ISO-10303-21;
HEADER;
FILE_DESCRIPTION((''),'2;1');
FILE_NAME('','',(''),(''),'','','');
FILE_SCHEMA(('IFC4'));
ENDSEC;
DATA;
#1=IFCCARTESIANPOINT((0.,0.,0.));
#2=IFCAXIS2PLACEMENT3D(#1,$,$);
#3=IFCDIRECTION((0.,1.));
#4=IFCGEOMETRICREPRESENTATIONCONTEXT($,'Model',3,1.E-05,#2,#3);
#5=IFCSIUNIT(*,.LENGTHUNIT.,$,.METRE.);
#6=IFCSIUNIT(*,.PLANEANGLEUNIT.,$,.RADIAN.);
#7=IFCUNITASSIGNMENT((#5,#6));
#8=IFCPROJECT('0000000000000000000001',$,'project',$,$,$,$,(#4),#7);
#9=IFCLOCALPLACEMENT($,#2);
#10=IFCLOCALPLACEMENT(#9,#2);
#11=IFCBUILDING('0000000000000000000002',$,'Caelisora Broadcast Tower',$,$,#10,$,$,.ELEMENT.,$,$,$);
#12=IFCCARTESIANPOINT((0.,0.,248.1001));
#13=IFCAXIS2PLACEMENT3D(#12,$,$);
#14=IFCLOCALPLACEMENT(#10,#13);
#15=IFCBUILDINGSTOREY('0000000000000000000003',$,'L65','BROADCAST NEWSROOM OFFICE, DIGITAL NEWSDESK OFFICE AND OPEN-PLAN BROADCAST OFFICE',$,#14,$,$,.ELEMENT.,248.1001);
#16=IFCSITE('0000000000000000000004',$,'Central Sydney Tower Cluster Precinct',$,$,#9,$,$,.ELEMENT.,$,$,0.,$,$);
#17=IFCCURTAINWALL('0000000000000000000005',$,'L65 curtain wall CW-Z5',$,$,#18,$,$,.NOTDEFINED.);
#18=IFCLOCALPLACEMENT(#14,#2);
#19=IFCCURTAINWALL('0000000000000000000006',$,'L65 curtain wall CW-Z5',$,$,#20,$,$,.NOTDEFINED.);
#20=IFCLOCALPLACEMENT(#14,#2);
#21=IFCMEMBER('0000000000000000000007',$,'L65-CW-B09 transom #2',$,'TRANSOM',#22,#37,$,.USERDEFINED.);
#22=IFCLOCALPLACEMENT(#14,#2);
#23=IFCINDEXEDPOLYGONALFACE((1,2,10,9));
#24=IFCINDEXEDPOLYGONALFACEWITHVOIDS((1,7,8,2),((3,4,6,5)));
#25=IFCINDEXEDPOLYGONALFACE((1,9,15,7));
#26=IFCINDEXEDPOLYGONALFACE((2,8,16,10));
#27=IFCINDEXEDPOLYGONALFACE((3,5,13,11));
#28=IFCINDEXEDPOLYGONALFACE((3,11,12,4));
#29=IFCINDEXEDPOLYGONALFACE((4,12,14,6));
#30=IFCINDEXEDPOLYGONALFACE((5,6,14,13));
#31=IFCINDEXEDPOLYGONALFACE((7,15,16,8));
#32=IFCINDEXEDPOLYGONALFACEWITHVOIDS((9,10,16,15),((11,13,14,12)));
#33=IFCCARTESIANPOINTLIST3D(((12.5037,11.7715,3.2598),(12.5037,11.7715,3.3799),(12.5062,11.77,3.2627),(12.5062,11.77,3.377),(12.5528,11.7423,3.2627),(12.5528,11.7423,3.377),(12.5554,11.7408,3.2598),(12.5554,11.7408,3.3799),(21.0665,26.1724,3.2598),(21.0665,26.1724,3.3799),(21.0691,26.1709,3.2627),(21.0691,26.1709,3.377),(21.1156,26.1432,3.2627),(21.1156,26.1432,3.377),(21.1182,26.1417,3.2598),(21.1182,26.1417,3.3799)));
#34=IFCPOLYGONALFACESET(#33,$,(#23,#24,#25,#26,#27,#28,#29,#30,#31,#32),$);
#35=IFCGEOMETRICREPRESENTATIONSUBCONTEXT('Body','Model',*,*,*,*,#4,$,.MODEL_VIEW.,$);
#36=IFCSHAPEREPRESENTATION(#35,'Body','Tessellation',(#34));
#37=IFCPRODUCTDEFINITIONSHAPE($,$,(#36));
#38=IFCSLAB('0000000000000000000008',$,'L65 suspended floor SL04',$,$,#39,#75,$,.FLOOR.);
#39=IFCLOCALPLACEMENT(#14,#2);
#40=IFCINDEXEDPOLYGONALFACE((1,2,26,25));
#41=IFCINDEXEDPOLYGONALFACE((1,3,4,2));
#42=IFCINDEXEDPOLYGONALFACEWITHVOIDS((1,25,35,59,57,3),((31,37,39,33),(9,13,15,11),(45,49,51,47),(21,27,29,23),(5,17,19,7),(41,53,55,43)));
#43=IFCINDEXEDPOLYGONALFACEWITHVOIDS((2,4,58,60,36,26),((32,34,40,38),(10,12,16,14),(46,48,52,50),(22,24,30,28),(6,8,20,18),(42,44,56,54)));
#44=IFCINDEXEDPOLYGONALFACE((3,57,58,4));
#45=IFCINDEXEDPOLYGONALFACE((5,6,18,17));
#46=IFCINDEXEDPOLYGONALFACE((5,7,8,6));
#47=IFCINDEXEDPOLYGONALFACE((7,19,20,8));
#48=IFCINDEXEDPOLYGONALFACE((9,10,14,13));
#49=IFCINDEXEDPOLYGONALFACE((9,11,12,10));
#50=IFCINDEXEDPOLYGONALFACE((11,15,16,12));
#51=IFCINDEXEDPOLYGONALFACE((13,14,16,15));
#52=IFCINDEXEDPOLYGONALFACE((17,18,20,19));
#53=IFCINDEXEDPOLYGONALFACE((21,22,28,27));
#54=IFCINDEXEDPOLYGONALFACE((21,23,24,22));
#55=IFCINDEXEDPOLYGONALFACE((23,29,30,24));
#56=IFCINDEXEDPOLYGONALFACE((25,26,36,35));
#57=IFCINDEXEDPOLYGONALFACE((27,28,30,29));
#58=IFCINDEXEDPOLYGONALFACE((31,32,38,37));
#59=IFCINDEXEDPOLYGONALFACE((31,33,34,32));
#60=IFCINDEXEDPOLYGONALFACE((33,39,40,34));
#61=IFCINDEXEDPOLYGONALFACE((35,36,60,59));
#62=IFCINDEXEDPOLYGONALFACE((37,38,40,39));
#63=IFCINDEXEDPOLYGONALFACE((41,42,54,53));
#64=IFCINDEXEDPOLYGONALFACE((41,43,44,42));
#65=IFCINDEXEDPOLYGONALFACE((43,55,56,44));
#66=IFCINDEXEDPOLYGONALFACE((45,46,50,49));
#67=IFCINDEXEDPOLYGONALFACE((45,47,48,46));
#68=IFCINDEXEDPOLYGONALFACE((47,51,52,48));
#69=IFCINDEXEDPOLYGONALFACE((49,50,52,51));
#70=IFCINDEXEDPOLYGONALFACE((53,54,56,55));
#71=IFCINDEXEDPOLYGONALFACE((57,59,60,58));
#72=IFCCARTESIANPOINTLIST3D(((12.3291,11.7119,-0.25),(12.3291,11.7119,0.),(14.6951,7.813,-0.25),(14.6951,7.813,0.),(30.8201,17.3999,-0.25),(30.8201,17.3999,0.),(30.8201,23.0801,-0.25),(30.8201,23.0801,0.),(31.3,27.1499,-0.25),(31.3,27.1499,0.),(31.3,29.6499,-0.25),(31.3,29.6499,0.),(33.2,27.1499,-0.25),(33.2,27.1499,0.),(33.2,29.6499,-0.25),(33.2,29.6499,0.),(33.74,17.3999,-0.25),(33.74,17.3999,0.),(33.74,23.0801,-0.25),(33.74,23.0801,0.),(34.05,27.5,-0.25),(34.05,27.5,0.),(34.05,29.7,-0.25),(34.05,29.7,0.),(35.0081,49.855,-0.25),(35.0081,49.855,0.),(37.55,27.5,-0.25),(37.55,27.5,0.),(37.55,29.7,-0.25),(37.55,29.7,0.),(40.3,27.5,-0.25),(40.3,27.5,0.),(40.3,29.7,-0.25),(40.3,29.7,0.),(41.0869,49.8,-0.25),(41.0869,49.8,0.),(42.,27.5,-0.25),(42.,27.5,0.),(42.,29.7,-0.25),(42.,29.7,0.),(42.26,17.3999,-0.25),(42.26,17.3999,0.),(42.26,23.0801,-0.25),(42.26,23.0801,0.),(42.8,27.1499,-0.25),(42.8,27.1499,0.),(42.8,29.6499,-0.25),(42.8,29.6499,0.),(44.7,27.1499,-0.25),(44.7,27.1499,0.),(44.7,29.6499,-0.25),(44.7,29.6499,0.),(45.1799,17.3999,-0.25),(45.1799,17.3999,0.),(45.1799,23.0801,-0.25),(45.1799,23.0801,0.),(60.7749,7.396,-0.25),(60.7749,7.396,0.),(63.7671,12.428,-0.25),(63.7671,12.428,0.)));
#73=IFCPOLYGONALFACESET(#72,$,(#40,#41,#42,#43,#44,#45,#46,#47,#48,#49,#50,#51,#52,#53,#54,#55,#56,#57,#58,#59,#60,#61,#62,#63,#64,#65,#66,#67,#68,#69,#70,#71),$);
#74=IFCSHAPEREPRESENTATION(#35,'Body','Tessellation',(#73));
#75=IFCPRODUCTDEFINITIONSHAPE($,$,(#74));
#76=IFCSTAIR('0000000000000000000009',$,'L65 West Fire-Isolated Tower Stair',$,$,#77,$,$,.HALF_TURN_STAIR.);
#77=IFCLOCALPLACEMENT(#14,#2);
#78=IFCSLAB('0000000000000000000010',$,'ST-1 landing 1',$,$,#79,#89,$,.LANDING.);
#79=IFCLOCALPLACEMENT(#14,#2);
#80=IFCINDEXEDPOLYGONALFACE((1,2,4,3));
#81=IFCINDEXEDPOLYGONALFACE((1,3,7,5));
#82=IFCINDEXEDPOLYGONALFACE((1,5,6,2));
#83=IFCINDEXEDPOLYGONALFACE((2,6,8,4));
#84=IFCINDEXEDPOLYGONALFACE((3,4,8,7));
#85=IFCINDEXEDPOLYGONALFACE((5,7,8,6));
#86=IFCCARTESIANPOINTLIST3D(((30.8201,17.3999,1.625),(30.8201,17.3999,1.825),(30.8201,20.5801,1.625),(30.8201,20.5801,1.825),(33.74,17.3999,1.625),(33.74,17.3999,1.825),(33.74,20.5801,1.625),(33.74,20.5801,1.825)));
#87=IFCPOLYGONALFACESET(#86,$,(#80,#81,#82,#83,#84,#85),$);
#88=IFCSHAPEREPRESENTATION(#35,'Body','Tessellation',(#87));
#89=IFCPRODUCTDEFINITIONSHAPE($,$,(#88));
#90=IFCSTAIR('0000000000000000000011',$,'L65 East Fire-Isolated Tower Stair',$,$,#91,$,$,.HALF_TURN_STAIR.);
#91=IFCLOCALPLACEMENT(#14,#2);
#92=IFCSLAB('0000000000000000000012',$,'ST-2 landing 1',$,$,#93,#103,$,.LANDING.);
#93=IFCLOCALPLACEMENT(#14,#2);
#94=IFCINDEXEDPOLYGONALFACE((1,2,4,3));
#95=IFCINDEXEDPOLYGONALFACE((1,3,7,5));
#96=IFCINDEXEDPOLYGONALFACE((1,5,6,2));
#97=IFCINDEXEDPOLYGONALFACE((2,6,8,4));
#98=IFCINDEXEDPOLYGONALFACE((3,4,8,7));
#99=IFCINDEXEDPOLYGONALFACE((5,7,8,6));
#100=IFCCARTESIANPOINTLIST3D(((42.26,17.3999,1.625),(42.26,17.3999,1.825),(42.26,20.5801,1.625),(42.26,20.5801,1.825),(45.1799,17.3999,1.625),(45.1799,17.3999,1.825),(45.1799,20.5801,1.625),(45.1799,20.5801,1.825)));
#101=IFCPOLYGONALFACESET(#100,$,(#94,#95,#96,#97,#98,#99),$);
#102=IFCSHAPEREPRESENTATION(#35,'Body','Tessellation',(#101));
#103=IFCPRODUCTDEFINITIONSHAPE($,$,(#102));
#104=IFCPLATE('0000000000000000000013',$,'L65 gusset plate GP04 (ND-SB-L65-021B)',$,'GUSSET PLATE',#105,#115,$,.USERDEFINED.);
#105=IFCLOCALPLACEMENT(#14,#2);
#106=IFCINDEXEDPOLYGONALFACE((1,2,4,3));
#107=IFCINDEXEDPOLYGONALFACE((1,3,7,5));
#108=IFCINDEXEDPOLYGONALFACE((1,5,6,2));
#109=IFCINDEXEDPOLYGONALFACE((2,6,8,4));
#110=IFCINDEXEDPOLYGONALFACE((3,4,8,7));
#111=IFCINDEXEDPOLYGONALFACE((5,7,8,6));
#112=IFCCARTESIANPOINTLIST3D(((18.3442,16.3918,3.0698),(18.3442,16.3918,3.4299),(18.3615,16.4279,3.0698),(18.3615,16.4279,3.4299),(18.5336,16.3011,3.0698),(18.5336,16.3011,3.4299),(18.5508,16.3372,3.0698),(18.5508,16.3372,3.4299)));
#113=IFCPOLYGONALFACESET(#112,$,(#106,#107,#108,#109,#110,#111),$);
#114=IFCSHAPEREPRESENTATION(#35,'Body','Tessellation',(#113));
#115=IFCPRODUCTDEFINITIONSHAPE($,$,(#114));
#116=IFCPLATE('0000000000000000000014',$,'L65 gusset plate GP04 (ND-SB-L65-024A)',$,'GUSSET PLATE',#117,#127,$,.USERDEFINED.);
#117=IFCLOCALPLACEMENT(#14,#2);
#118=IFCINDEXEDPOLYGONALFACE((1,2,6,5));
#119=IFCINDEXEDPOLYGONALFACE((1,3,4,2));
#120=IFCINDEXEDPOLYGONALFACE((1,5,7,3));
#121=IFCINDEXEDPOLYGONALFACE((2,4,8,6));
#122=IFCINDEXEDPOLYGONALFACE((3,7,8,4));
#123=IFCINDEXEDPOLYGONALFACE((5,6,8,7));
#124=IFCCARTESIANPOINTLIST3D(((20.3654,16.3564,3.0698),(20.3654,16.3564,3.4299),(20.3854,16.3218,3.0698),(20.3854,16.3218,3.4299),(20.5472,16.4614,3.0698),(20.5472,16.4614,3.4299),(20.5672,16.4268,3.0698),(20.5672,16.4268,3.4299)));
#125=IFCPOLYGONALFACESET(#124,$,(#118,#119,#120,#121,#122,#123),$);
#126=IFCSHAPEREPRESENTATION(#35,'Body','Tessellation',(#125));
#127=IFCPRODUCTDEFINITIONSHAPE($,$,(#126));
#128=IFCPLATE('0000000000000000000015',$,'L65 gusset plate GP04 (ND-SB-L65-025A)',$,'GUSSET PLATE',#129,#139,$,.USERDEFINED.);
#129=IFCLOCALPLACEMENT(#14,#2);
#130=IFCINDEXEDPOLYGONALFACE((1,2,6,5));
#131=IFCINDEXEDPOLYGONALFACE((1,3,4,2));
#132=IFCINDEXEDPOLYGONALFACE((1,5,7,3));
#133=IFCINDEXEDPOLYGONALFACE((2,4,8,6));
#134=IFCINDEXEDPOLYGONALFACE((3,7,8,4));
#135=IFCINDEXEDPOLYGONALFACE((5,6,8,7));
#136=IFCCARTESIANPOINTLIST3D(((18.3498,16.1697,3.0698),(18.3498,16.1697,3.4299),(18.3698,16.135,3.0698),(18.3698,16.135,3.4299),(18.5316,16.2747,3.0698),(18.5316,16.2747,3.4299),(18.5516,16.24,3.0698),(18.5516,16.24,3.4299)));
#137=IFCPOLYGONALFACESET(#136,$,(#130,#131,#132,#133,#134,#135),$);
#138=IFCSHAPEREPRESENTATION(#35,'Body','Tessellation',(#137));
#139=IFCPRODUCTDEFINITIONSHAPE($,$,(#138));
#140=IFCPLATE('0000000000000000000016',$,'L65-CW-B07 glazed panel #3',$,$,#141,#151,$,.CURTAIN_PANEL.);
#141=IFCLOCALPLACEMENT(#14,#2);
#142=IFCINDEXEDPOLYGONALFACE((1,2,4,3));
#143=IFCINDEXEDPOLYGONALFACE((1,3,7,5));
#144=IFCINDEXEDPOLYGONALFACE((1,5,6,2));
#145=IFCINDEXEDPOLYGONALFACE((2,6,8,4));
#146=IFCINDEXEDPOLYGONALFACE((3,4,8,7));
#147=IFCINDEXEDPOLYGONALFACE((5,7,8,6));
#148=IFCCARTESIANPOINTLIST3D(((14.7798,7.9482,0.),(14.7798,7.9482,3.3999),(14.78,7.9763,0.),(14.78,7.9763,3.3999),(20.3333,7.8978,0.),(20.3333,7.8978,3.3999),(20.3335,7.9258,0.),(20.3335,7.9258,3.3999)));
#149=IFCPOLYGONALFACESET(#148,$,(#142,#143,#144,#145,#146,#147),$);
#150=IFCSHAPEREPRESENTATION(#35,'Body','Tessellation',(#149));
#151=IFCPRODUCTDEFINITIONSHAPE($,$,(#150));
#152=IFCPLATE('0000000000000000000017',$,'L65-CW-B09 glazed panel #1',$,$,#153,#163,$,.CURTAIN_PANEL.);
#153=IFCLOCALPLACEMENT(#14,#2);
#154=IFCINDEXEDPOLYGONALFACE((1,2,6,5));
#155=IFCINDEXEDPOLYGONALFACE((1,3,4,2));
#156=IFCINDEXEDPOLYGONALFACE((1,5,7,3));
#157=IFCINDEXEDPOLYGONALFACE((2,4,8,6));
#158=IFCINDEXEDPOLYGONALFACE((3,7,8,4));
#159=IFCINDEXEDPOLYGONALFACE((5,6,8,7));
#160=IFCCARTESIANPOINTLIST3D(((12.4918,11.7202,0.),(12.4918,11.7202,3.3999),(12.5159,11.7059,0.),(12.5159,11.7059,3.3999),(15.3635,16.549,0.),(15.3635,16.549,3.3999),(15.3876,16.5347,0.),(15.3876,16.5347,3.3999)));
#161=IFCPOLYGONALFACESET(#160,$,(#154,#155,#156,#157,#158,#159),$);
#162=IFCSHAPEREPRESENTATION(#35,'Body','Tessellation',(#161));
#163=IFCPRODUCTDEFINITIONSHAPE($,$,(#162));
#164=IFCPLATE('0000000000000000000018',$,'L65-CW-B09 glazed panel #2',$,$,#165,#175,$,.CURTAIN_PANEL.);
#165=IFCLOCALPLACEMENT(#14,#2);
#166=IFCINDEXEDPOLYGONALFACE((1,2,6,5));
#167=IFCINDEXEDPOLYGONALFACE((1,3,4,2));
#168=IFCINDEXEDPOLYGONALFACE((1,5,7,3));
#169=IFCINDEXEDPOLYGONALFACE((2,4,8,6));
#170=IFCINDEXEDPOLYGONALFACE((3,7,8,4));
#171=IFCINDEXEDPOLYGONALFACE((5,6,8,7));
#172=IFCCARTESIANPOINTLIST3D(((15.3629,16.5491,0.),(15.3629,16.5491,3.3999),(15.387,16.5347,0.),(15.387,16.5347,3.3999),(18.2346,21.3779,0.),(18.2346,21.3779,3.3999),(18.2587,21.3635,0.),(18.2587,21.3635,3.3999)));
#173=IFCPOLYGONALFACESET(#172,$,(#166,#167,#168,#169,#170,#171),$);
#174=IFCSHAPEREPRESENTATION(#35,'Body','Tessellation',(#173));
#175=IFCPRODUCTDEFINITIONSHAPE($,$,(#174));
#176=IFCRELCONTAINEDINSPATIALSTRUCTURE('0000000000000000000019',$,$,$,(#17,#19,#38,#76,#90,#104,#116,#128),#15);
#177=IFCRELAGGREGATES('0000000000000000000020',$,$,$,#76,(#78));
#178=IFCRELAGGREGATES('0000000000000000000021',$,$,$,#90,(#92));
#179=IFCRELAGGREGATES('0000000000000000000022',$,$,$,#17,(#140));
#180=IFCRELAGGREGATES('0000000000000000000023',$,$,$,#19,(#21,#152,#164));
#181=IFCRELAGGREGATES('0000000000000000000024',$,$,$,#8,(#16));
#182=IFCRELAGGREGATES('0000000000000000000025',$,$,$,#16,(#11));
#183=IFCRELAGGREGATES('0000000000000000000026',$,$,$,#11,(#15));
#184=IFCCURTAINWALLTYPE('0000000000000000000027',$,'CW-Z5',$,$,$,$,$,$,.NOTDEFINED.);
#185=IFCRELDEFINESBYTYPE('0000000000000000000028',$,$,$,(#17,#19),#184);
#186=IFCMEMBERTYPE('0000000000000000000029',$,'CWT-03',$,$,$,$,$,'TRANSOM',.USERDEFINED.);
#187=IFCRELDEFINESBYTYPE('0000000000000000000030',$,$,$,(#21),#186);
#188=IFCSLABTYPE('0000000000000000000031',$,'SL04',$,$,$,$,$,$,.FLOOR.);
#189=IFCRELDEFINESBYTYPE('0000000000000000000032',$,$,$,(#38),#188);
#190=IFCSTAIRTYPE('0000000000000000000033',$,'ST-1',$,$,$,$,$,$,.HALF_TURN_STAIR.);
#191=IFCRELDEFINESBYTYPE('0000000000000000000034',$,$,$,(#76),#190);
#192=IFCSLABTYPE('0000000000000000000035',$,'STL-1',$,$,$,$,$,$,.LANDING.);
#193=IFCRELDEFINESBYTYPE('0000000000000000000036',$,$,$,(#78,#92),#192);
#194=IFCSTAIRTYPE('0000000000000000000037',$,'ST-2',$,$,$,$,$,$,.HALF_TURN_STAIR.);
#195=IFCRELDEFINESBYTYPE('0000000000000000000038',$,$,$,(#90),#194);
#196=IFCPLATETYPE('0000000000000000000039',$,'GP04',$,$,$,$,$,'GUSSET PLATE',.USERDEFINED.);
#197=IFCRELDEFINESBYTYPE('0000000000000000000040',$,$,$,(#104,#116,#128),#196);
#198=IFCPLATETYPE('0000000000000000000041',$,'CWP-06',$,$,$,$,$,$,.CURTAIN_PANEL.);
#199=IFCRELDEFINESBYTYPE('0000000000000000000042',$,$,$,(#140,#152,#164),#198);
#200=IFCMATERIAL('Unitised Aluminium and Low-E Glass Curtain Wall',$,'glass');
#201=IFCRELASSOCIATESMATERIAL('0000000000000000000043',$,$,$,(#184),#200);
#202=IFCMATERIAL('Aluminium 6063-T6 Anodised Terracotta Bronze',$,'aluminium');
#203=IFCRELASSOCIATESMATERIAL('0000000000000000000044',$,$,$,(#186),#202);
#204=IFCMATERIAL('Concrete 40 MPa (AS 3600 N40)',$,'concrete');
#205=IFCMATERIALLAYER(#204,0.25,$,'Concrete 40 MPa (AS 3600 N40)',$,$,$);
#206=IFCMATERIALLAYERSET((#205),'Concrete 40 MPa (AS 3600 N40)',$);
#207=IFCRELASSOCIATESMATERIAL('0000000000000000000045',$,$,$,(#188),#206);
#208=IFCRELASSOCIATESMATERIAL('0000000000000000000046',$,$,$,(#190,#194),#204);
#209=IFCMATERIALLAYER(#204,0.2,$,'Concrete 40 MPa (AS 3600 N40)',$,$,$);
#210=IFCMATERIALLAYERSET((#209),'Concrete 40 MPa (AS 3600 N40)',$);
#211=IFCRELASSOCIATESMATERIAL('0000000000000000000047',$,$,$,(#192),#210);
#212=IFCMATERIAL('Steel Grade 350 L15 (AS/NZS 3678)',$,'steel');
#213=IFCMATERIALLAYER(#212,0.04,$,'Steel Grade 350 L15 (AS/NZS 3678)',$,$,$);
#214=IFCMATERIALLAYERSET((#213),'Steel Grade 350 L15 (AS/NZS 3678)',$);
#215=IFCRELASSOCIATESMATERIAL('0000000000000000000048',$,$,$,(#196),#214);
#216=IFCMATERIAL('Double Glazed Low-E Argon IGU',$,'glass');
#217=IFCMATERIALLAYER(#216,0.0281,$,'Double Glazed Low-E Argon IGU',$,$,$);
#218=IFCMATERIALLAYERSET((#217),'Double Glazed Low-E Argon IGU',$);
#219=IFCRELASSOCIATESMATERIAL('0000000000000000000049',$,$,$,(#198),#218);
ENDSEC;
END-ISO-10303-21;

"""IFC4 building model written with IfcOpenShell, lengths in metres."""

from ifc_helpers import new_model, si_unit, direction, frame, origin, origin_2d, place, context, subcontext, project, spatial, polyline, rectangle, hollow_rectangle, outline, extrude, source, transform, mapped, material, layer, layer_set, material_profile, profile_set, type_object, type_shapes, element, aggregate, save


model = new_model("IFC4")

# Units and contexts
model_context = context("Model", 3, precision=1e-05, world=origin(), true_north=direction((0.0, 1.0)))
body_context = subcontext(model_context, "Body", "Model", "MODEL_VIEW")
ifc_project = project(units=[si_unit("LENGTHUNIT", "METRE"), si_unit("PLANEANGLEUNIT", "RADIAN")], contexts=[model_context])

# Site, building, storey
site_placement = place(None, origin())
site = spatial("IfcSite", under=ifc_project, at=site_placement, Name="Central Sydney Tower Cluster Precinct", CompositionType="ELEMENT", RefElevation=0.0)
building_placement = place(site_placement, origin())
building = spatial("IfcBuilding", under=site, at=building_placement, Name="Caelisora Broadcast Tower", CompositionType="ELEMENT")
storey_placement = place(building_placement, frame((0.0, 0.0, 248.1001)))
storey = spatial("IfcBuildingStorey", under=building, at=storey_placement, Name="L65", Description="BROADCAST NEWSROOM OFFICE, DIGITAL NEWSDESK OFFICE AND OPEN-PLAN BROADCAST OFFICE", CompositionType="ELEMENT", Elevation=248.1001)

# Shared definitions
ifc_material_1 = material(Name="Steel Grade 350 L15 (AS/NZS 3678)", Category="steel")

# Curtain walls, member
ifc_material_2 = material(Name="Unitised Aluminium and Low-E Glass Curtain Wall", Category="glass")
curtain_wall_type = type_object("IfcCurtainWallType", Name="CW-Z5", PredefinedType="NOTDEFINED", material=ifc_material_2)
curtain_wall_1_placement = place(storey_placement, origin())
curtain_wall_1 = element("IfcCurtainWall", 1, at=curtain_wall_1_placement, inside=storey, type_object=curtain_wall_type, Name="L65 curtain wall CW-Z5", PredefinedType="NOTDEFINED")
ifc_material_3 = material(Name="Aluminium 6063-T6 Anodised Terracotta Bronze", Category="aluminium")
curtain_wall_2_placement = place(storey_placement, origin())
curtain_wall_2 = element("IfcCurtainWall", 2, at=curtain_wall_2_placement, inside=storey, type_object=curtain_wall_type, Name="L65 curtain wall CW-Z5", PredefinedType="NOTDEFINED")
ifc_material_profile_1 = material_profile(ifc_material_3, hollow_rectangle(XDim=0.0601, YDim=0.1201, WallThickness=0.0029, at=origin_2d()), Name="Aluminium 6063-T6 Anodised Terracotta Bronze")
ifc_profile_set_1 = profile_set([ifc_material_profile_1], Name="Aluminium 6063-T6 Anodised Terracotta Bronze")
member_type_1 = type_object("IfcMemberType", Name="CWT-03", ElementType="TRANSOM", PredefinedType="USERDEFINED", material=ifc_profile_set_1)
shared_shape_1 = source(origin(), body_context, "Body", "SweptSolid", [
    extrude(hollow_rectangle(XDim=0.0601, YDim=0.1201, WallThickness=0.0029, at=origin_2d()), origin(), (0.0, 0.0, 1.0), 16.7544),
])
type_shapes(member_type_1, [shared_shape_1])
member_1_placement = place(storey_placement, frame((12.5295, 11.7561, 3.3198), z_axis=(0.511078, 0.859534, 0.0), x_axis=(-0.859534, 0.511078, 0.0)))
member_1 = element("IfcMember", 3, at=member_1_placement, type_object=member_type_1, Name="L65-CW-B09 transom #2", ObjectType="TRANSOM", PredefinedType="USERDEFINED", context=body_context, shape_type="MappedRepresentation", body=[
    mapped(shared_shape_1, transform((0.0, 0.0, 0.0), scale=1.0)),
])

# Slab
ifc_material_4 = material(Name="Concrete 40 MPa (AS 3600 N40)", Category="concrete")
ifc_layer_1 = layer(ifc_material_4, 0.25, Name="Concrete 40 MPa (AS 3600 N40)")
ifc_layer_set_1 = layer_set([ifc_layer_1], Name="Concrete 40 MPa (AS 3600 N40)")
slab_type_1 = type_object("IfcSlabType", Name="SL04", PredefinedType="FLOOR", material=ifc_layer_set_1)
slab_1_placement = place(storey_placement, frame((0.0, 0.0, -0.25)))
element("IfcSlab", 4, at=slab_1_placement, inside=storey, type_object=slab_type_1, Name="L65 suspended floor SL04", PredefinedType="FLOOR", context=body_context, shape_type="SweptSolid", body=[
    extrude(outline(polyline([(41.0869, 49.8), (35.0081, 49.855), (12.3291, 11.7119), (14.6951, 7.813), (60.7749, 7.396), (63.7671, 12.428), (41.0869, 49.8)]), holes=[polyline([(30.8201, 17.3999), (33.74, 17.3999), (33.74, 23.0801), (30.8201, 23.0801), (30.8201, 17.3999)]), polyline([(42.26, 17.3999), (45.1799, 17.3999), (45.1799, 23.0801), (42.26, 23.0801), (42.26, 17.3999)]), polyline([(42.8, 27.1499), (44.7, 27.1499), (44.7, 29.6499), (42.8, 29.6499), (42.8, 27.1499)]), polyline([(40.3, 27.5), (42.0, 27.5), (42.0, 29.7), (40.3, 29.7), (40.3, 27.5)]), polyline([(34.05, 27.5), (37.55, 27.5), (37.55, 29.7), (34.05, 29.7), (34.05, 27.5)]), polyline([(31.3, 27.1499), (33.2, 27.1499), (33.2, 29.6499), (31.3, 29.6499), (31.3, 27.1499)])]), origin(), (0.0, 0.0, 1.0), 0.25),
])

# Stairs, slabs
stair_type_1 = type_object("IfcStairType", Name="ST-1", PredefinedType="HALF_TURN_STAIR", material=ifc_material_4)
stair_1_placement = place(storey_placement, origin())
stair_1 = element("IfcStair", 5, at=stair_1_placement, inside=storey, type_object=stair_type_1, Name="L65 West Fire-Isolated Tower Stair", PredefinedType="HALF_TURN_STAIR")
ifc_layer_2 = layer(ifc_material_4, 0.2, Name="Concrete 40 MPa (AS 3600 N40)")
ifc_layer_set_2 = layer_set([ifc_layer_2], Name="Concrete 40 MPa (AS 3600 N40)")
slab_type_2 = type_object("IfcSlabType", Name="STL-1", PredefinedType="LANDING", material=ifc_layer_set_2)
slab_2_placement = place(storey_placement, frame((0.0, 0.0, 1.625)))
slab_2 = element("IfcSlab", 6, at=slab_2_placement, type_object=slab_type_2, Name="ST-1 landing 1", PredefinedType="LANDING", context=body_context, shape_type="SweptSolid", body=[
    extrude(outline(polyline([(30.8201, 20.5801), (30.8201, 17.3999), (33.74, 17.3999), (33.74, 20.5801), (30.8201, 20.5801)])), origin(), (0.0, 0.0, 1.0), 0.2),
])
aggregate(stair_1, [slab_2])
stair_type_2 = type_object("IfcStairType", Name="ST-2", PredefinedType="HALF_TURN_STAIR", material=ifc_material_4)
stair_2_placement = place(storey_placement, origin())
stair_2 = element("IfcStair", 7, at=stair_2_placement, inside=storey, type_object=stair_type_2, Name="L65 East Fire-Isolated Tower Stair", PredefinedType="HALF_TURN_STAIR")
slab_3_placement = place(storey_placement, frame((0.0, 0.0, 1.625)))
slab_3 = element("IfcSlab", 8, at=slab_3_placement, type_object=slab_type_2, Name="ST-2 landing 1", PredefinedType="LANDING", context=body_context, shape_type="SweptSolid", body=[
    extrude(outline(polyline([(42.26, 20.5801), (42.26, 17.3999), (45.1799, 17.3999), (45.1799, 20.5801), (42.26, 20.5801)])), origin(), (0.0, 0.0, 1.0), 0.2),
])
aggregate(stair_2, [slab_3])

# Plates
ifc_layer_3 = layer(ifc_material_1, 0.04, Name="Steel Grade 350 L15 (AS/NZS 3678)")
ifc_layer_set_3 = layer_set([ifc_layer_3], Name="Steel Grade 350 L15 (AS/NZS 3678)")
plate_type_1 = type_object("IfcPlateType", Name="GP04", ElementType="GUSSET PLATE", PredefinedType="USERDEFINED", material=ifc_layer_set_3)
shared_shape_2 = source(origin(), body_context, "Body", "SweptSolid", [
    extrude(rectangle(XDim=0.21, YDim=0.04, at=origin_2d()), origin(), (0.0, 0.0, 1.0), 0.3601),
])
type_shapes(plate_type_1, [shared_shape_2])
for number, where, z_axis, x_axis, name in (
    (9, (18.4475, 16.3645, 3.0698), (0.0, 0.0, 1.0), (0.901983, -0.431771, 0.0), "L65 gusset plate GP04 (ND-SB-L65-021B)"),
    (10, (20.4663, 16.3916, 3.0698), (0.0, 0.0, 1.0), (0.866025, 0.5, 0.0), "L65 gusset plate GP04 (ND-SB-L65-024A)"),
    (11, (18.4507, 16.2048, 3.0698), (0.0, 0.0, 1.0), (0.866025, 0.5, 0.0), "L65 gusset plate GP04 (ND-SB-L65-025A)"),
):
    element("IfcPlate", number, at=place(storey_placement, frame(where, z_axis=z_axis, x_axis=x_axis)), inside=storey, type_object=plate_type_1, Name=name, ObjectType="GUSSET PLATE", PredefinedType="USERDEFINED", context=body_context, shape_type="MappedRepresentation", body=[
        mapped(shared_shape_2, transform((0.0, 0.0, 0.0), scale=1.0)),
    ])

# Plates
ifc_material_5 = material(Name="Double Glazed Low-E Argon IGU", Category="glass")
ifc_layer_4 = layer(ifc_material_5, 0.0281, Name="Double Glazed Low-E Argon IGU")
ifc_layer_set_4 = layer_set([ifc_layer_4], Name="Double Glazed Low-E Argon IGU")
plate_type_2 = type_object("IfcPlateType", Name="CWP-06", PredefinedType="CURTAIN_PANEL", material=ifc_layer_set_4)
shared_shape_3 = source(origin(), body_context, "Body", "SweptSolid", [
    extrude(rectangle(XDim=5.5537, YDim=0.0281, at=origin_2d()), origin(), (0.0, 0.0, 1.0), 3.3999),
])
plate_1_placement = place(storey_placement, frame((17.5566, 7.937, 0.0), z_axis=(0.0, 0.0, 1.0), x_axis=(-0.999959, 0.009076, 0.0)))
plate_1 = element("IfcPlate", 12, at=plate_1_placement, type_object=plate_type_2, Name="L65-CW-B07 glazed panel #3", PredefinedType="CURTAIN_PANEL", context=body_context, shape_type="MappedRepresentation", body=[
    mapped(shared_shape_3, transform((0.0, 0.0, 0.0), scale=1.0)),
])
aggregate(curtain_wall_1, [plate_1])
shared_shape_4 = source(origin(), body_context, "Body", "SweptSolid", [
    extrude(rectangle(XDim=5.6182, YDim=0.0281, at=origin_2d()), origin(), (0.0, 0.0, 1.0), 3.3999),
])
type_shapes(plate_type_2, [shared_shape_3, shared_shape_4])
plate_2_placement = place(storey_placement, frame((13.9397, 14.1274, 0.0), z_axis=(0.0, 0.0, 1.0), x_axis=(0.511143, 0.859496, 0.0)))
plate_2 = element("IfcPlate", 13, at=plate_2_placement, type_object=plate_type_2, Name="L65-CW-B09 glazed panel #1", PredefinedType="CURTAIN_PANEL", context=body_context, shape_type="MappedRepresentation", body=[
    mapped(shared_shape_4, transform((0.0, 0.0, 0.0), scale=1.0)),
])
plate_3_placement = place(storey_placement, frame((16.8108, 18.9563, 0.0), z_axis=(0.0, 0.0, 1.0), x_axis=(0.511143, 0.859496, 0.0)))
plate_3 = element("IfcPlate", 14, at=plate_3_placement, type_object=plate_type_2, Name="L65-CW-B09 glazed panel #2", PredefinedType="CURTAIN_PANEL", context=body_context, shape_type="MappedRepresentation", body=[
    mapped(shared_shape_4, transform((0.0, 0.0, 0.0), scale=1.0)),
])
aggregate(curtain_wall_2, [member_1, plate_2, plate_3])

save(model, "model.ifc")
